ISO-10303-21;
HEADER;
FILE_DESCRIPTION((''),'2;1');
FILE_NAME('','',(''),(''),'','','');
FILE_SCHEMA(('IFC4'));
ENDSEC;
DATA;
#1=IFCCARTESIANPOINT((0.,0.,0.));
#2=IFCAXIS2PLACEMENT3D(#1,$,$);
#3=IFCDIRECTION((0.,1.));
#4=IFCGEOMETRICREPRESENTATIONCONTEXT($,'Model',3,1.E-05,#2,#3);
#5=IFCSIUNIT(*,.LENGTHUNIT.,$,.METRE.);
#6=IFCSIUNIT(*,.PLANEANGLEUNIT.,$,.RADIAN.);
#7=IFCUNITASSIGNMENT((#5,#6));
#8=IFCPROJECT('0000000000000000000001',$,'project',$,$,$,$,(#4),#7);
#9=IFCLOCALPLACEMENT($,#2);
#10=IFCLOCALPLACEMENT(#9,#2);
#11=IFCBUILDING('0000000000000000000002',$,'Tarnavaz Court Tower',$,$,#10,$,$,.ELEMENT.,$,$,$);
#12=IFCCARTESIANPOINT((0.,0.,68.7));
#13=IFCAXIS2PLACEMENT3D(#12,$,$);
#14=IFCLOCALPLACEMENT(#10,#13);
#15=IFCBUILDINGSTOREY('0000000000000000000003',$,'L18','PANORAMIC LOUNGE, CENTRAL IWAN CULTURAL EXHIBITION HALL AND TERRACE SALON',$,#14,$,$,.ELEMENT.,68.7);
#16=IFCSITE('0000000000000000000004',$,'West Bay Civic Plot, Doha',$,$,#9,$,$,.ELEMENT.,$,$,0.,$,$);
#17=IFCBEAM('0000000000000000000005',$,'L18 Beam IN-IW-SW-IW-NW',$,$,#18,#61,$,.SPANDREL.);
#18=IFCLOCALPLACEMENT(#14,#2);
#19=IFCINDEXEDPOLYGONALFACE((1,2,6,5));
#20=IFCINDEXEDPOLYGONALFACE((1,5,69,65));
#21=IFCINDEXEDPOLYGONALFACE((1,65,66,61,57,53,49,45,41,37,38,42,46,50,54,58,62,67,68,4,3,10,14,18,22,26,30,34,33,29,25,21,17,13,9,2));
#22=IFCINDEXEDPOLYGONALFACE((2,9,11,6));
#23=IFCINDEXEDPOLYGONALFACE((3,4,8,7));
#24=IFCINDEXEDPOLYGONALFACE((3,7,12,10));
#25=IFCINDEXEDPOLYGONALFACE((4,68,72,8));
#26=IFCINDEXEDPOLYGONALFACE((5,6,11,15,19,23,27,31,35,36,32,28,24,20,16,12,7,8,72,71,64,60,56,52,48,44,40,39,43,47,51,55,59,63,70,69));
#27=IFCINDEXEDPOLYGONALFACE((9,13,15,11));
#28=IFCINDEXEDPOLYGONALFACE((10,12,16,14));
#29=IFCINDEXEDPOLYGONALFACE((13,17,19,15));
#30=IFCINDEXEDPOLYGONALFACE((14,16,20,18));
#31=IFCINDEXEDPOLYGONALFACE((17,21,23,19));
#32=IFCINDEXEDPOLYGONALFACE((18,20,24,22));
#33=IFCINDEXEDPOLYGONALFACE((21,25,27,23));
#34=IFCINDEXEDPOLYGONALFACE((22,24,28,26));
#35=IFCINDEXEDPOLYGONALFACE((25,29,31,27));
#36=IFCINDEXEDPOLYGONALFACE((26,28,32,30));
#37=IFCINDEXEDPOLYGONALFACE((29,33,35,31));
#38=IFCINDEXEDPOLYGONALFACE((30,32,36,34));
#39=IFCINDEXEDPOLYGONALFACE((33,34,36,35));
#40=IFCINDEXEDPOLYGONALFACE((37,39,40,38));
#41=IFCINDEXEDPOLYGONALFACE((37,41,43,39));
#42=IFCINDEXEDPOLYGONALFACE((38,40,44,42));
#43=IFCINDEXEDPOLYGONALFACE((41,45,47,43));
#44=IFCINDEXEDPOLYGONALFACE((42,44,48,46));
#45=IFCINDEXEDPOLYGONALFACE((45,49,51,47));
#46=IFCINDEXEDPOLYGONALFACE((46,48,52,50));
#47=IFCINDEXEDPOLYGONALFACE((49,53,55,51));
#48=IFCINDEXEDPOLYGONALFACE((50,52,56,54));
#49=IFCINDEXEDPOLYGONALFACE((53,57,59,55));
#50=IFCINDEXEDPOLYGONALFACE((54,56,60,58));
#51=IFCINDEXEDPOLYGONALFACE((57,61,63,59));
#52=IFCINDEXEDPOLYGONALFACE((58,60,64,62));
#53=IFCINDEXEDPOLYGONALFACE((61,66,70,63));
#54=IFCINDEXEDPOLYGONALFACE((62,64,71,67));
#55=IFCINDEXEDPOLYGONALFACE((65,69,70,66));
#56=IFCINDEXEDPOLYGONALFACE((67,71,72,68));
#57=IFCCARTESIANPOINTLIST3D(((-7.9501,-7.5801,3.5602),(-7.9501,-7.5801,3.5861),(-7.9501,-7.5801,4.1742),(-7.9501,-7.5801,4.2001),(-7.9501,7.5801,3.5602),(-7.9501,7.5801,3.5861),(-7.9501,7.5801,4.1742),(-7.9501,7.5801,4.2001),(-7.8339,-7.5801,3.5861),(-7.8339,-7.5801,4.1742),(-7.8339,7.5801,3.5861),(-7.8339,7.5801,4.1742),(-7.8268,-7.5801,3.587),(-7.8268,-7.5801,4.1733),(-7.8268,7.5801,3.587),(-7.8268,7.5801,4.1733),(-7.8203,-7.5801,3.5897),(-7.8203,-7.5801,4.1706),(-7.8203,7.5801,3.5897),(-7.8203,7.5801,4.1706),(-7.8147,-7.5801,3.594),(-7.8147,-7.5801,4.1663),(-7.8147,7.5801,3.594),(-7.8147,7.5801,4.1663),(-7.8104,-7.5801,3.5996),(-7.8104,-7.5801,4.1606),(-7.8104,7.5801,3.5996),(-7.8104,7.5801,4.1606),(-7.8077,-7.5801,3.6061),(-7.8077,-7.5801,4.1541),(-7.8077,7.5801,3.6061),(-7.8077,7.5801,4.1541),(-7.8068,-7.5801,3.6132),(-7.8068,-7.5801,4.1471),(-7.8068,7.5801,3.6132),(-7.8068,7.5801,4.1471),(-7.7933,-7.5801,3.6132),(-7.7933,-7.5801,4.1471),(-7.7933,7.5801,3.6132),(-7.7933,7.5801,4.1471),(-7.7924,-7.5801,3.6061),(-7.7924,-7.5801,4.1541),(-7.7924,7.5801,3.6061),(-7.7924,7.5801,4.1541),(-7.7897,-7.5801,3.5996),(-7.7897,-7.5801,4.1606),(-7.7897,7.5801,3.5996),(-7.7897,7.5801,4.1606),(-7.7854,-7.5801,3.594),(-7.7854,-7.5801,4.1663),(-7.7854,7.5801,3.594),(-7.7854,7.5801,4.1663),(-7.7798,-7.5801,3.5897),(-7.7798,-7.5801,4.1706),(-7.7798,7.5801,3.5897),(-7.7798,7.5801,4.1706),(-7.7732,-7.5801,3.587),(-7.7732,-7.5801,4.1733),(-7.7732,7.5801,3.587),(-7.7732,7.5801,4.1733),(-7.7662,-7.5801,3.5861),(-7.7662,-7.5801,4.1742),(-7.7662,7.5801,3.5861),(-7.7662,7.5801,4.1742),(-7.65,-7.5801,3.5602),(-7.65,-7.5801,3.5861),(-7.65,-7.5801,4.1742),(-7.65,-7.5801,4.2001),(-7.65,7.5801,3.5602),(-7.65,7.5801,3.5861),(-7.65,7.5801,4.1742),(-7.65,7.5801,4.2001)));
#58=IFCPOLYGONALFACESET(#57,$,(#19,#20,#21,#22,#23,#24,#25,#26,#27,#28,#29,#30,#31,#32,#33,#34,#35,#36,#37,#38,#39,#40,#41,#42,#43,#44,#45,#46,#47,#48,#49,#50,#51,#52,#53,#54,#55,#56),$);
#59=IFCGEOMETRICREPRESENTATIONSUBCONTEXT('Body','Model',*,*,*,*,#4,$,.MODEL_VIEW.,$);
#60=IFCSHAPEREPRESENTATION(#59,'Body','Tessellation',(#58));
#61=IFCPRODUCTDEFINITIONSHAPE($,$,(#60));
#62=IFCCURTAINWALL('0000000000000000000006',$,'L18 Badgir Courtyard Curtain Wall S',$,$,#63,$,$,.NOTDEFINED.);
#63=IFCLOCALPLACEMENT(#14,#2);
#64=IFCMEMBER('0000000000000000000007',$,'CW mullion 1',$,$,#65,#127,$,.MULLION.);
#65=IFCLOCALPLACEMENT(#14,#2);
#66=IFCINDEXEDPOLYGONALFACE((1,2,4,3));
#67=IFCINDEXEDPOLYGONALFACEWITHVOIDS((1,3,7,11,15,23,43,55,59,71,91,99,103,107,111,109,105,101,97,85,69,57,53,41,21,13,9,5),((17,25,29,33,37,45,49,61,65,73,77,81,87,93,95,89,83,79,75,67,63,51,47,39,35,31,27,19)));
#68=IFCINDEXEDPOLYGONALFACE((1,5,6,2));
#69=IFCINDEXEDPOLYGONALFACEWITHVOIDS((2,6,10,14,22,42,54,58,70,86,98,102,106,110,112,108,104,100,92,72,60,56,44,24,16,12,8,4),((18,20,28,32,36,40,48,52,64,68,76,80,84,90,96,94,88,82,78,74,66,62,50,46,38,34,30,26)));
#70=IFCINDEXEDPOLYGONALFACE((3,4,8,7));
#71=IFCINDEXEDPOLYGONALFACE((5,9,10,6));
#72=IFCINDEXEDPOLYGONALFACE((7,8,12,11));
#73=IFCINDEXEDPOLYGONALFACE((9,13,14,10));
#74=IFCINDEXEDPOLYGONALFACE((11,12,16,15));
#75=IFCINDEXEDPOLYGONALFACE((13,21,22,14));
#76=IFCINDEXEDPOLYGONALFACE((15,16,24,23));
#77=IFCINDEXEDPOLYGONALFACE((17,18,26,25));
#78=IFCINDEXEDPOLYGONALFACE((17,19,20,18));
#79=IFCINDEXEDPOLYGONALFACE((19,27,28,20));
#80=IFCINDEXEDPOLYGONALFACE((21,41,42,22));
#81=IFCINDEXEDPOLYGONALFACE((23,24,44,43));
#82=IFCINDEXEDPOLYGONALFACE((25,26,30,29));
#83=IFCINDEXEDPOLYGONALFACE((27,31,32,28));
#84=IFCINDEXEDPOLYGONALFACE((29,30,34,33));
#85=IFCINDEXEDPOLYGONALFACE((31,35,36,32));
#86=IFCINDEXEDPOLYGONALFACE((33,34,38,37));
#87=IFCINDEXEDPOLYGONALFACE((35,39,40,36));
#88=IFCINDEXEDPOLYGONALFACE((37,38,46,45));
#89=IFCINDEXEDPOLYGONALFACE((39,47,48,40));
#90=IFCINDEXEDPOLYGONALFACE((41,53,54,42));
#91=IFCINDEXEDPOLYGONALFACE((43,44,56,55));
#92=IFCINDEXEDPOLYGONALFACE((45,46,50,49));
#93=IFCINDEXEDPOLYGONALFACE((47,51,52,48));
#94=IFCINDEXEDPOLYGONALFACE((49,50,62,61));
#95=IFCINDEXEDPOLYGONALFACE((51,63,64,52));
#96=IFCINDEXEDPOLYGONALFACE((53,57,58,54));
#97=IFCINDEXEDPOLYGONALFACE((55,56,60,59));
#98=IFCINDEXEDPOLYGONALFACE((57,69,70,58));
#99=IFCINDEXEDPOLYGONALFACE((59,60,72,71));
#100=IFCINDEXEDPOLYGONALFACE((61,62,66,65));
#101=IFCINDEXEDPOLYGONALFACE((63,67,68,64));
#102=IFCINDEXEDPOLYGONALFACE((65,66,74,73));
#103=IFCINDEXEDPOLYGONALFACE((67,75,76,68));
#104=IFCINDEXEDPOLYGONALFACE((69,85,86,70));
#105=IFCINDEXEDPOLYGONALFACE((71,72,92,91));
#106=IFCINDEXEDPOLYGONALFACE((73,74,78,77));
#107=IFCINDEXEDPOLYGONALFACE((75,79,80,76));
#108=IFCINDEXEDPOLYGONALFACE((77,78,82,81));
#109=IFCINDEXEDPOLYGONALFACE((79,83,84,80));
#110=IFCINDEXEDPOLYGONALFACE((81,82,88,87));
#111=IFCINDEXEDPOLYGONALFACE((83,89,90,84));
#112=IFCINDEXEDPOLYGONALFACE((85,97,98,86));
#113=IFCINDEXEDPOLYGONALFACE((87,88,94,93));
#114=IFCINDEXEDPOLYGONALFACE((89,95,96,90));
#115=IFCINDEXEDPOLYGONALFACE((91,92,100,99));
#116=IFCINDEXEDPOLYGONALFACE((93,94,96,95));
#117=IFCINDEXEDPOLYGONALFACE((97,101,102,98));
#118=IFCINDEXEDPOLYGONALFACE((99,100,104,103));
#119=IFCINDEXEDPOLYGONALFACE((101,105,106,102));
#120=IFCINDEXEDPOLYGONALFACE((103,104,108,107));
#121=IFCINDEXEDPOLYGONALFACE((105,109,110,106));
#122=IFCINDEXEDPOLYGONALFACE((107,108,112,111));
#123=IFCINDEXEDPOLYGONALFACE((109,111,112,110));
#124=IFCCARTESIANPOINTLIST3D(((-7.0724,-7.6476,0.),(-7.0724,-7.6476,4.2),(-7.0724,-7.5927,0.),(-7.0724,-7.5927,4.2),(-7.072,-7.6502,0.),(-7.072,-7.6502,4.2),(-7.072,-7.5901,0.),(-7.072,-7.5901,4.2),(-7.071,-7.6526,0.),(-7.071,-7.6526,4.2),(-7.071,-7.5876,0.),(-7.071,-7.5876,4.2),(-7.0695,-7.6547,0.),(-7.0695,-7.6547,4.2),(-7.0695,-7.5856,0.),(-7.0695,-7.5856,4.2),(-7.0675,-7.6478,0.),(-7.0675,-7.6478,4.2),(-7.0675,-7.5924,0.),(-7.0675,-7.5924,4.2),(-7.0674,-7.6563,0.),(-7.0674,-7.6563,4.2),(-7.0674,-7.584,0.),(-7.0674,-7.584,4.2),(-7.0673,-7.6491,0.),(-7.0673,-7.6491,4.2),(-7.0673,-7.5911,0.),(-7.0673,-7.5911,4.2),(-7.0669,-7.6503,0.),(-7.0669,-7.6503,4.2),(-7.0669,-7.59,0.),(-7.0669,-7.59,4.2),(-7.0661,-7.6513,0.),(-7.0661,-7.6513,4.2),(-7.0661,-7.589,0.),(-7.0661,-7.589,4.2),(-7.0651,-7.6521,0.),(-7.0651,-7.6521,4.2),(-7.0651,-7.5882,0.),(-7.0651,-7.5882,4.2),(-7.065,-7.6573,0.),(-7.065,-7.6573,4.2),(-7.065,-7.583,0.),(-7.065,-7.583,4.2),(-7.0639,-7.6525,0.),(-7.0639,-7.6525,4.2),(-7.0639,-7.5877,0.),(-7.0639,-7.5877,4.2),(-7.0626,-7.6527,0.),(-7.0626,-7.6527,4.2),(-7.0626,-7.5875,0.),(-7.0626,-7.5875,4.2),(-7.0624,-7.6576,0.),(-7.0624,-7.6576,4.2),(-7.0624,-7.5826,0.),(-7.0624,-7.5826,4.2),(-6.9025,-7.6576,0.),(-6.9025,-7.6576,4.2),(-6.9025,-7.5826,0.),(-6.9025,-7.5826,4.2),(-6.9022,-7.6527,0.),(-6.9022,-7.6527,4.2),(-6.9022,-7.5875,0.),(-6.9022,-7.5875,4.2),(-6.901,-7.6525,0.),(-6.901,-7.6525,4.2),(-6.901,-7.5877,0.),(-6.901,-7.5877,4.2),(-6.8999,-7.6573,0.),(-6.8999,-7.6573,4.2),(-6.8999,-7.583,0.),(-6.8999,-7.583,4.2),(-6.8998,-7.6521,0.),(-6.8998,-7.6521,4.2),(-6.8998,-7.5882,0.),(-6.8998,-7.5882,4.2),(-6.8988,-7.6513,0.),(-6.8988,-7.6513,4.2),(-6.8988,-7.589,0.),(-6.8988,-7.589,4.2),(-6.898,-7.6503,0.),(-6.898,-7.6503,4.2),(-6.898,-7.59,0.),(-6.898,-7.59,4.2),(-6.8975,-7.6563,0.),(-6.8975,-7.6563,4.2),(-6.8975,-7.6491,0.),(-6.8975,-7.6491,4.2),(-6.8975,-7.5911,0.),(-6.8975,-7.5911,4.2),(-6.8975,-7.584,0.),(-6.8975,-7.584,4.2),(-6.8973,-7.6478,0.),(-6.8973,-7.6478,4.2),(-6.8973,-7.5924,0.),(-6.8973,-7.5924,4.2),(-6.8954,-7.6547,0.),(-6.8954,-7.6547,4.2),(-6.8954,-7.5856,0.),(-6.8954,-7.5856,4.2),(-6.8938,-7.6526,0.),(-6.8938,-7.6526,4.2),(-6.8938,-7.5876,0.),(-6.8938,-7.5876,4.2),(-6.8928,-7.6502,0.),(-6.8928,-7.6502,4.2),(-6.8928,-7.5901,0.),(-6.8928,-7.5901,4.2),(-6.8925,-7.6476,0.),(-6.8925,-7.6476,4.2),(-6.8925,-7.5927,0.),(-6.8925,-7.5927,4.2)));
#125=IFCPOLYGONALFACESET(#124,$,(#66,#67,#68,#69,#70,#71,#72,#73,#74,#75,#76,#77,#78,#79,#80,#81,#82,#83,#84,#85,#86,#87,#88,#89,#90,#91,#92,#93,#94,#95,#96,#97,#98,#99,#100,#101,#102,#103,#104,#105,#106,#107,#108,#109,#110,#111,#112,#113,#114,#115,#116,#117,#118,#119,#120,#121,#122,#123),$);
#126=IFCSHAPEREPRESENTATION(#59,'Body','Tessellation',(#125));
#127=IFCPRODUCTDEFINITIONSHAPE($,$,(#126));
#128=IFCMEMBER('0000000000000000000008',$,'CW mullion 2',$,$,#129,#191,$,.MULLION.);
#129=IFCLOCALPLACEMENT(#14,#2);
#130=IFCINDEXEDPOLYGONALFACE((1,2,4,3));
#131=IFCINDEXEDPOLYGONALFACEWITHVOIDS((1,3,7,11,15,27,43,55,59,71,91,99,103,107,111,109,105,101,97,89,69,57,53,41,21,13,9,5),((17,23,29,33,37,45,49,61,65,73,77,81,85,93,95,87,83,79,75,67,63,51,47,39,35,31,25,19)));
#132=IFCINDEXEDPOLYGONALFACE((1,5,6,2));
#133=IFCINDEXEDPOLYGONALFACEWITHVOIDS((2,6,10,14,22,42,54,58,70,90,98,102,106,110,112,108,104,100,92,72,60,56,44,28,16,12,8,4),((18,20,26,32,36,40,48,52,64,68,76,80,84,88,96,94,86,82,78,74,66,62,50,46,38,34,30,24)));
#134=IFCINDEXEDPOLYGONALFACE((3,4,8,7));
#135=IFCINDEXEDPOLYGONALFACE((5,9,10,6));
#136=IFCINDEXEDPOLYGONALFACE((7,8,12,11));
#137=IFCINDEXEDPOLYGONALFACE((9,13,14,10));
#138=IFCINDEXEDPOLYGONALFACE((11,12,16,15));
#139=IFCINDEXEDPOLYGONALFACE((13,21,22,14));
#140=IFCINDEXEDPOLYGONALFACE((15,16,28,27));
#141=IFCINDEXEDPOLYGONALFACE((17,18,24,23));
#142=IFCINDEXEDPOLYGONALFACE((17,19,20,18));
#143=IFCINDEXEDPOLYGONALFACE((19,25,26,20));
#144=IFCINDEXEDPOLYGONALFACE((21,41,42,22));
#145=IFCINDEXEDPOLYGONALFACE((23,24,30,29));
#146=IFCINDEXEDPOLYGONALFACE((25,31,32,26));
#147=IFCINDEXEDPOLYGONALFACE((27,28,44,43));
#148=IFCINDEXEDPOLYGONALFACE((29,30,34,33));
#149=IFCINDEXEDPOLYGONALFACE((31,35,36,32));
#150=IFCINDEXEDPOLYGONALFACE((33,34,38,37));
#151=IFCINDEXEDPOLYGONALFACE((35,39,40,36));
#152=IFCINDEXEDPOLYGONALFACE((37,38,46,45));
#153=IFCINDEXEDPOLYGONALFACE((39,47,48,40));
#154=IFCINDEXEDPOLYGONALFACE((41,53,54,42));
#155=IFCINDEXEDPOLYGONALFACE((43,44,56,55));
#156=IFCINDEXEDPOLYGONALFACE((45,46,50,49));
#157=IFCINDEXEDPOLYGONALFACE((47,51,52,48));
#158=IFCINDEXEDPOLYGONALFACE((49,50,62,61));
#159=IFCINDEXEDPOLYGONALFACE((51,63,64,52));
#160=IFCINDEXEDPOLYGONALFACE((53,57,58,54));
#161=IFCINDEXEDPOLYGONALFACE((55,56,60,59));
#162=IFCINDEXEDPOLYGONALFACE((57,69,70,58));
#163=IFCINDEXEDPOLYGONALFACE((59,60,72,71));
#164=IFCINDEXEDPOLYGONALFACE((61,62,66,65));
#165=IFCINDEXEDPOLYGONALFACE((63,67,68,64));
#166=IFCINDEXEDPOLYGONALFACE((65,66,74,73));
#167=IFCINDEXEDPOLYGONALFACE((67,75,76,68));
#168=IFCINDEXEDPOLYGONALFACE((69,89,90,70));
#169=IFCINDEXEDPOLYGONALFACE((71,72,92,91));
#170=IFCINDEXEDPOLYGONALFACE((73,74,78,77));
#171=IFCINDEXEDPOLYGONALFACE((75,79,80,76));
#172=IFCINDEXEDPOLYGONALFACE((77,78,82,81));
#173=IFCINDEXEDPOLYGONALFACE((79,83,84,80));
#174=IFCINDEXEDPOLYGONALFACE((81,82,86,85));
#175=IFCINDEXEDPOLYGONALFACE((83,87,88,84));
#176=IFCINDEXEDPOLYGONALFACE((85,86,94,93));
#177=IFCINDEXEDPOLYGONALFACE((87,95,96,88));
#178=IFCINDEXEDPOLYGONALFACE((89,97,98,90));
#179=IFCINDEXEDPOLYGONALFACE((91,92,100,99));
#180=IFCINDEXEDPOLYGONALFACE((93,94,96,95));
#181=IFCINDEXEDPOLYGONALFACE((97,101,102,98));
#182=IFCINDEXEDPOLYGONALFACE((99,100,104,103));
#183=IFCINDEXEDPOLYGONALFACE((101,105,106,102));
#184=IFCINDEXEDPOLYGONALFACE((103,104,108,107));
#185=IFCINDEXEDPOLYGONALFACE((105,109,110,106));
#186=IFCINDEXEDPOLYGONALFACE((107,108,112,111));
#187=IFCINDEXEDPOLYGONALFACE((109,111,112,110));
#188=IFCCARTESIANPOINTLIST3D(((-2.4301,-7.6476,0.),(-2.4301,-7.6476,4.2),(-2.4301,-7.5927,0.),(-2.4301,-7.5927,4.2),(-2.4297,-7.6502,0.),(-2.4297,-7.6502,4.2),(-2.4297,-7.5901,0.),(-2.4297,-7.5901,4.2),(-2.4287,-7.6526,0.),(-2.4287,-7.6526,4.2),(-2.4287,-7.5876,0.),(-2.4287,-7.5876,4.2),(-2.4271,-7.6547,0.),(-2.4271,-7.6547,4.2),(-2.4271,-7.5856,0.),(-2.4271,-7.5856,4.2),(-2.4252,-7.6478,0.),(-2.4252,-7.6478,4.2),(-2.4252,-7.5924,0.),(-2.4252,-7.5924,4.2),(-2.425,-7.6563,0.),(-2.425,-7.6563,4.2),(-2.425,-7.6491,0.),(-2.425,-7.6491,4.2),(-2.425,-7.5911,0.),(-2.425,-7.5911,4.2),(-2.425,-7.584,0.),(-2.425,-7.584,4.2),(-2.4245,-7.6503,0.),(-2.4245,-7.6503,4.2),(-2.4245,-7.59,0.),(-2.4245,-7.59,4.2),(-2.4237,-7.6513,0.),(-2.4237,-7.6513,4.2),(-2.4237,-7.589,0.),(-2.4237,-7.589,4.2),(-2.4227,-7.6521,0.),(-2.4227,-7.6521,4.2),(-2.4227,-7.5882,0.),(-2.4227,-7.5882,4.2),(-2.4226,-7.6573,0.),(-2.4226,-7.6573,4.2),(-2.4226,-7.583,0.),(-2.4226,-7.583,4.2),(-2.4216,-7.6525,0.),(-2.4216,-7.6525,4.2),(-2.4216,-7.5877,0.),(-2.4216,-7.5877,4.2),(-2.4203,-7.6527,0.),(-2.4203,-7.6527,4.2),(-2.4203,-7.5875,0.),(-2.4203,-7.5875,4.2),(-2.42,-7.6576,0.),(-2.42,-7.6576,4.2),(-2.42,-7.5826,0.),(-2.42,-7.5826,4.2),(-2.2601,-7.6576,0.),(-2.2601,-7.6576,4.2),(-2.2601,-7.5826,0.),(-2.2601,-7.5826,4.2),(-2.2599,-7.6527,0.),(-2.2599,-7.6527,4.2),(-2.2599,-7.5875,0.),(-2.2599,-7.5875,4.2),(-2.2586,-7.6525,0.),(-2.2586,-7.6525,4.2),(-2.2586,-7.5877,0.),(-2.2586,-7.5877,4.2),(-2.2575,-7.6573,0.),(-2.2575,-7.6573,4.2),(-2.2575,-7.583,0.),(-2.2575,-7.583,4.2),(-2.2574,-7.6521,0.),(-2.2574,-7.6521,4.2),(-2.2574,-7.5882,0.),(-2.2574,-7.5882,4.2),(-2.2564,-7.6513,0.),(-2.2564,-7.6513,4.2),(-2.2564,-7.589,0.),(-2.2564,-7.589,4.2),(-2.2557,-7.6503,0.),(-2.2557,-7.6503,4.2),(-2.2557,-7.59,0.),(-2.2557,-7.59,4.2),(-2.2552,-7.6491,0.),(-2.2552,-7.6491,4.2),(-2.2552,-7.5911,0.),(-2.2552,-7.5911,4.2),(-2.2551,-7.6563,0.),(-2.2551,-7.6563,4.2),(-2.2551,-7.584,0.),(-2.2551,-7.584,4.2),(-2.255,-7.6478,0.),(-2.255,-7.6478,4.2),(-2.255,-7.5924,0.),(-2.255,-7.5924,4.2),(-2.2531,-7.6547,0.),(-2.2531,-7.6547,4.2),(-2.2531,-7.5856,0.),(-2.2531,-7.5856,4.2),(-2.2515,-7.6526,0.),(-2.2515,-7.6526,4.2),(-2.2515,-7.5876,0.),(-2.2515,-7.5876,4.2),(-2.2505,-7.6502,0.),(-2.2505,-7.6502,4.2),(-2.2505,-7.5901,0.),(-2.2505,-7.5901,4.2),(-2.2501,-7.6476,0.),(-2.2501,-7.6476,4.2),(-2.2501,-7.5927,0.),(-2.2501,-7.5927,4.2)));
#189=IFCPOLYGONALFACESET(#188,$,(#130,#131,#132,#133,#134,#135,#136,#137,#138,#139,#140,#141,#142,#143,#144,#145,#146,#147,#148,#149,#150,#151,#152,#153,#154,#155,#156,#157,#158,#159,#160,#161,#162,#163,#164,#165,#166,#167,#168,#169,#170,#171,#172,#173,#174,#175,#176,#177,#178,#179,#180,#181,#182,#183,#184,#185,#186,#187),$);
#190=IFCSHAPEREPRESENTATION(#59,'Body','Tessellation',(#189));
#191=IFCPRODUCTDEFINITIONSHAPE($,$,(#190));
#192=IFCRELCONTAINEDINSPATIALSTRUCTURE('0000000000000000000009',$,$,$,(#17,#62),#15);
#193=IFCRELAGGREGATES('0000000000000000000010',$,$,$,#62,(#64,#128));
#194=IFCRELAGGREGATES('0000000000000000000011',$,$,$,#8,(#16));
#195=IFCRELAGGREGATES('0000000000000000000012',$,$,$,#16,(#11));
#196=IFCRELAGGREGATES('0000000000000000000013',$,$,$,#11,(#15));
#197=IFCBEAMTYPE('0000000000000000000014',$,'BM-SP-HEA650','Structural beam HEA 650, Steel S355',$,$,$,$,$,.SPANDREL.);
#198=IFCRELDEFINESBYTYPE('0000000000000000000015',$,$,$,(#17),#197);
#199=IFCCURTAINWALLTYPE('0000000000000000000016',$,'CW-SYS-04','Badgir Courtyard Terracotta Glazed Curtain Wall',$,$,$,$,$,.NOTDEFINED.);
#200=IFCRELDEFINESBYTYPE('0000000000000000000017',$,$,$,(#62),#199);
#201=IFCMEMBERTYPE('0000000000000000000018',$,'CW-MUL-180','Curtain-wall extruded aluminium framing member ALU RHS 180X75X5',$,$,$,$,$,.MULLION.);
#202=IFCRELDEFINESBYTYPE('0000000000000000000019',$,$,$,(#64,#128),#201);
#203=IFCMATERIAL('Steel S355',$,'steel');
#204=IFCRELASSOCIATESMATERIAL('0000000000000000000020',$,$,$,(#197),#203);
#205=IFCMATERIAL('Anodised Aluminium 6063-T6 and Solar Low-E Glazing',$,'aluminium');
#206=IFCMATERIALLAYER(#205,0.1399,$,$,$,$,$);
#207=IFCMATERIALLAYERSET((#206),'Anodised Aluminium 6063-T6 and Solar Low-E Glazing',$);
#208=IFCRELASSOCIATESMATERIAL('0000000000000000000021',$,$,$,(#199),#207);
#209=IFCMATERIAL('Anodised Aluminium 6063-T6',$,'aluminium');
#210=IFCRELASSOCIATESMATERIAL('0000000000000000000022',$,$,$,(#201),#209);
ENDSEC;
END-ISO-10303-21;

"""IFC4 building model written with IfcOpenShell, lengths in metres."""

from ifc_helpers import new_model, si_unit, direction, frame, origin, origin_2d, place, context, subcontext, project, spatial, hollow_rectangle, i_section, extrude, material, layer, layer_set, material_profile, profile_set, type_object, element, aggregate, save


model = new_model("IFC4")

# Units and contexts
model_context = context("Model", 3, precision=1e-05, world=origin(), true_north=direction((0.0, 1.0)))
body_context = subcontext(model_context, "Body", "Model", "MODEL_VIEW")
ifc_project = project(units=[si_unit("LENGTHUNIT", "METRE"), si_unit("PLANEANGLEUNIT", "RADIAN")], contexts=[model_context])

# Site, building, storey
site_placement = place(None, origin())
site = spatial("IfcSite", under=ifc_project, at=site_placement, Name="West Bay Civic Plot, Doha", CompositionType="ELEMENT", RefElevation=0.0)
building_placement = place(site_placement, origin())
building = spatial("IfcBuilding", under=site, at=building_placement, Name="Tarnavaz Court Tower", CompositionType="ELEMENT")
storey_placement = place(building_placement, frame((0.0, 0.0, 68.7)))
storey = spatial("IfcBuildingStorey", under=building, at=storey_placement, Name="L18", Description="PANORAMIC LOUNGE, CENTRAL IWAN CULTURAL EXHIBITION HALL AND TERRACE SALON", CompositionType="ELEMENT", Elevation=68.7)

# Beam
ifc_material_1 = material(Name="Steel S355", Category="steel")
ifc_material_profile_1 = material_profile(ifc_material_1, i_section(OverallWidth=0.3, OverallDepth=0.6399, WebThickness=0.0134, FlangeThickness=0.0259, FilletRadius=0.0271, at=origin_2d()), Name="HEA 650")
ifc_profile_set_1 = profile_set([ifc_material_profile_1], Name="Steel S355")
beam_type_1 = type_object("IfcBeamType", Name="BM-SP-HEA650", Description="Structural beam HEA 650, Steel S355", PredefinedType="SPANDREL", material=ifc_profile_set_1)
for number, where, z_axis, x_axis, name in (
    (1, (-7.8, -7.5801, 3.8801), (0.0, 1.0, 0.0), (-1.0, 0.0, 0.0), "L18 Beam IN-IW-SW-IW-NW"),
):
    element("IfcBeam", number, at=place(storey_placement, frame(where, z_axis=z_axis, x_axis=x_axis)), inside=storey, type_object=beam_type_1, Name=name, PredefinedType="SPANDREL", context=body_context, shape_type="SweptSolid", body=[
        extrude(i_section(OverallWidth=0.3, OverallDepth=0.6399, WebThickness=0.0134, FlangeThickness=0.0259, FilletRadius=0.0271, at=origin_2d()), origin(), (0.0, 0.0, 1.0), 15.1602),
    ])

# Curtain wall, members
ifc_material_2 = material(Name="Anodised Aluminium 6063-T6 and Solar Low-E Glazing", Category="aluminium")
ifc_layer_1 = layer(ifc_material_2, 0.1399)
ifc_layer_set_1 = layer_set([ifc_layer_1], Name="Anodised Aluminium 6063-T6 and Solar Low-E Glazing")
curtain_wall_type = type_object("IfcCurtainWallType", Name="CW-SYS-04", Description="Badgir Courtyard Terracotta Glazed Curtain Wall", PredefinedType="NOTDEFINED", material=ifc_layer_set_1)
curtain_wall_placement = place(storey_placement, origin())
curtain_wall = element("IfcCurtainWall", 2, at=curtain_wall_placement, inside=storey, type_object=curtain_wall_type, Name="L18 Badgir Courtyard Curtain Wall S", PredefinedType="NOTDEFINED")
ifc_material_3 = material(Name="Anodised Aluminium 6063-T6", Category="aluminium")
ifc_material_profile_2 = material_profile(ifc_material_3, hollow_rectangle(XDim=0.075, YDim=0.1799, WallThickness=0.0049, InnerFilletRadius=0.0049, OuterFilletRadius=0.01, at=origin_2d()), Name="ALU RHS 180X75X5")
ifc_profile_set_2 = profile_set([ifc_material_profile_2], Name="Anodised Aluminium 6063-T6")
member_type_1 = type_object("IfcMemberType", Name="CW-MUL-180", Description="Curtain-wall extruded aluminium framing member ALU RHS 180X75X5", PredefinedType="MULLION", material=ifc_profile_set_2)
member_1_placement = place(storey_placement, frame((-6.9824, -7.6201, 0.0), z_axis=(0.0, 0.0, 1.0), x_axis=(0.0, 1.0, 0.0)))
member_1 = element("IfcMember", 3, at=member_1_placement, type_object=member_type_1, Name="CW mullion 1", PredefinedType="MULLION", context=body_context, shape_type="SweptSolid", body=[
    extrude(hollow_rectangle(XDim=0.075, YDim=0.1799, WallThickness=0.0049, InnerFilletRadius=0.0049, OuterFilletRadius=0.01, at=origin_2d()), origin(), (0.0, 0.0, 1.0), 4.2),
])
member_2_placement = place(storey_placement, frame((-2.3401, -7.6201, 0.0), z_axis=(0.0, 0.0, 1.0), x_axis=(0.0, 1.0, 0.0)))
member_2 = element("IfcMember", 4, at=member_2_placement, type_object=member_type_1, Name="CW mullion 2", PredefinedType="MULLION", context=body_context, shape_type="SweptSolid", body=[
    extrude(hollow_rectangle(XDim=0.075, YDim=0.1799, WallThickness=0.0049, InnerFilletRadius=0.0049, OuterFilletRadius=0.01, at=origin_2d()), origin(), (0.0, 0.0, 1.0), 4.2),
])
aggregate(curtain_wall, [member_1, member_2])

save(model, "model.ifc")
